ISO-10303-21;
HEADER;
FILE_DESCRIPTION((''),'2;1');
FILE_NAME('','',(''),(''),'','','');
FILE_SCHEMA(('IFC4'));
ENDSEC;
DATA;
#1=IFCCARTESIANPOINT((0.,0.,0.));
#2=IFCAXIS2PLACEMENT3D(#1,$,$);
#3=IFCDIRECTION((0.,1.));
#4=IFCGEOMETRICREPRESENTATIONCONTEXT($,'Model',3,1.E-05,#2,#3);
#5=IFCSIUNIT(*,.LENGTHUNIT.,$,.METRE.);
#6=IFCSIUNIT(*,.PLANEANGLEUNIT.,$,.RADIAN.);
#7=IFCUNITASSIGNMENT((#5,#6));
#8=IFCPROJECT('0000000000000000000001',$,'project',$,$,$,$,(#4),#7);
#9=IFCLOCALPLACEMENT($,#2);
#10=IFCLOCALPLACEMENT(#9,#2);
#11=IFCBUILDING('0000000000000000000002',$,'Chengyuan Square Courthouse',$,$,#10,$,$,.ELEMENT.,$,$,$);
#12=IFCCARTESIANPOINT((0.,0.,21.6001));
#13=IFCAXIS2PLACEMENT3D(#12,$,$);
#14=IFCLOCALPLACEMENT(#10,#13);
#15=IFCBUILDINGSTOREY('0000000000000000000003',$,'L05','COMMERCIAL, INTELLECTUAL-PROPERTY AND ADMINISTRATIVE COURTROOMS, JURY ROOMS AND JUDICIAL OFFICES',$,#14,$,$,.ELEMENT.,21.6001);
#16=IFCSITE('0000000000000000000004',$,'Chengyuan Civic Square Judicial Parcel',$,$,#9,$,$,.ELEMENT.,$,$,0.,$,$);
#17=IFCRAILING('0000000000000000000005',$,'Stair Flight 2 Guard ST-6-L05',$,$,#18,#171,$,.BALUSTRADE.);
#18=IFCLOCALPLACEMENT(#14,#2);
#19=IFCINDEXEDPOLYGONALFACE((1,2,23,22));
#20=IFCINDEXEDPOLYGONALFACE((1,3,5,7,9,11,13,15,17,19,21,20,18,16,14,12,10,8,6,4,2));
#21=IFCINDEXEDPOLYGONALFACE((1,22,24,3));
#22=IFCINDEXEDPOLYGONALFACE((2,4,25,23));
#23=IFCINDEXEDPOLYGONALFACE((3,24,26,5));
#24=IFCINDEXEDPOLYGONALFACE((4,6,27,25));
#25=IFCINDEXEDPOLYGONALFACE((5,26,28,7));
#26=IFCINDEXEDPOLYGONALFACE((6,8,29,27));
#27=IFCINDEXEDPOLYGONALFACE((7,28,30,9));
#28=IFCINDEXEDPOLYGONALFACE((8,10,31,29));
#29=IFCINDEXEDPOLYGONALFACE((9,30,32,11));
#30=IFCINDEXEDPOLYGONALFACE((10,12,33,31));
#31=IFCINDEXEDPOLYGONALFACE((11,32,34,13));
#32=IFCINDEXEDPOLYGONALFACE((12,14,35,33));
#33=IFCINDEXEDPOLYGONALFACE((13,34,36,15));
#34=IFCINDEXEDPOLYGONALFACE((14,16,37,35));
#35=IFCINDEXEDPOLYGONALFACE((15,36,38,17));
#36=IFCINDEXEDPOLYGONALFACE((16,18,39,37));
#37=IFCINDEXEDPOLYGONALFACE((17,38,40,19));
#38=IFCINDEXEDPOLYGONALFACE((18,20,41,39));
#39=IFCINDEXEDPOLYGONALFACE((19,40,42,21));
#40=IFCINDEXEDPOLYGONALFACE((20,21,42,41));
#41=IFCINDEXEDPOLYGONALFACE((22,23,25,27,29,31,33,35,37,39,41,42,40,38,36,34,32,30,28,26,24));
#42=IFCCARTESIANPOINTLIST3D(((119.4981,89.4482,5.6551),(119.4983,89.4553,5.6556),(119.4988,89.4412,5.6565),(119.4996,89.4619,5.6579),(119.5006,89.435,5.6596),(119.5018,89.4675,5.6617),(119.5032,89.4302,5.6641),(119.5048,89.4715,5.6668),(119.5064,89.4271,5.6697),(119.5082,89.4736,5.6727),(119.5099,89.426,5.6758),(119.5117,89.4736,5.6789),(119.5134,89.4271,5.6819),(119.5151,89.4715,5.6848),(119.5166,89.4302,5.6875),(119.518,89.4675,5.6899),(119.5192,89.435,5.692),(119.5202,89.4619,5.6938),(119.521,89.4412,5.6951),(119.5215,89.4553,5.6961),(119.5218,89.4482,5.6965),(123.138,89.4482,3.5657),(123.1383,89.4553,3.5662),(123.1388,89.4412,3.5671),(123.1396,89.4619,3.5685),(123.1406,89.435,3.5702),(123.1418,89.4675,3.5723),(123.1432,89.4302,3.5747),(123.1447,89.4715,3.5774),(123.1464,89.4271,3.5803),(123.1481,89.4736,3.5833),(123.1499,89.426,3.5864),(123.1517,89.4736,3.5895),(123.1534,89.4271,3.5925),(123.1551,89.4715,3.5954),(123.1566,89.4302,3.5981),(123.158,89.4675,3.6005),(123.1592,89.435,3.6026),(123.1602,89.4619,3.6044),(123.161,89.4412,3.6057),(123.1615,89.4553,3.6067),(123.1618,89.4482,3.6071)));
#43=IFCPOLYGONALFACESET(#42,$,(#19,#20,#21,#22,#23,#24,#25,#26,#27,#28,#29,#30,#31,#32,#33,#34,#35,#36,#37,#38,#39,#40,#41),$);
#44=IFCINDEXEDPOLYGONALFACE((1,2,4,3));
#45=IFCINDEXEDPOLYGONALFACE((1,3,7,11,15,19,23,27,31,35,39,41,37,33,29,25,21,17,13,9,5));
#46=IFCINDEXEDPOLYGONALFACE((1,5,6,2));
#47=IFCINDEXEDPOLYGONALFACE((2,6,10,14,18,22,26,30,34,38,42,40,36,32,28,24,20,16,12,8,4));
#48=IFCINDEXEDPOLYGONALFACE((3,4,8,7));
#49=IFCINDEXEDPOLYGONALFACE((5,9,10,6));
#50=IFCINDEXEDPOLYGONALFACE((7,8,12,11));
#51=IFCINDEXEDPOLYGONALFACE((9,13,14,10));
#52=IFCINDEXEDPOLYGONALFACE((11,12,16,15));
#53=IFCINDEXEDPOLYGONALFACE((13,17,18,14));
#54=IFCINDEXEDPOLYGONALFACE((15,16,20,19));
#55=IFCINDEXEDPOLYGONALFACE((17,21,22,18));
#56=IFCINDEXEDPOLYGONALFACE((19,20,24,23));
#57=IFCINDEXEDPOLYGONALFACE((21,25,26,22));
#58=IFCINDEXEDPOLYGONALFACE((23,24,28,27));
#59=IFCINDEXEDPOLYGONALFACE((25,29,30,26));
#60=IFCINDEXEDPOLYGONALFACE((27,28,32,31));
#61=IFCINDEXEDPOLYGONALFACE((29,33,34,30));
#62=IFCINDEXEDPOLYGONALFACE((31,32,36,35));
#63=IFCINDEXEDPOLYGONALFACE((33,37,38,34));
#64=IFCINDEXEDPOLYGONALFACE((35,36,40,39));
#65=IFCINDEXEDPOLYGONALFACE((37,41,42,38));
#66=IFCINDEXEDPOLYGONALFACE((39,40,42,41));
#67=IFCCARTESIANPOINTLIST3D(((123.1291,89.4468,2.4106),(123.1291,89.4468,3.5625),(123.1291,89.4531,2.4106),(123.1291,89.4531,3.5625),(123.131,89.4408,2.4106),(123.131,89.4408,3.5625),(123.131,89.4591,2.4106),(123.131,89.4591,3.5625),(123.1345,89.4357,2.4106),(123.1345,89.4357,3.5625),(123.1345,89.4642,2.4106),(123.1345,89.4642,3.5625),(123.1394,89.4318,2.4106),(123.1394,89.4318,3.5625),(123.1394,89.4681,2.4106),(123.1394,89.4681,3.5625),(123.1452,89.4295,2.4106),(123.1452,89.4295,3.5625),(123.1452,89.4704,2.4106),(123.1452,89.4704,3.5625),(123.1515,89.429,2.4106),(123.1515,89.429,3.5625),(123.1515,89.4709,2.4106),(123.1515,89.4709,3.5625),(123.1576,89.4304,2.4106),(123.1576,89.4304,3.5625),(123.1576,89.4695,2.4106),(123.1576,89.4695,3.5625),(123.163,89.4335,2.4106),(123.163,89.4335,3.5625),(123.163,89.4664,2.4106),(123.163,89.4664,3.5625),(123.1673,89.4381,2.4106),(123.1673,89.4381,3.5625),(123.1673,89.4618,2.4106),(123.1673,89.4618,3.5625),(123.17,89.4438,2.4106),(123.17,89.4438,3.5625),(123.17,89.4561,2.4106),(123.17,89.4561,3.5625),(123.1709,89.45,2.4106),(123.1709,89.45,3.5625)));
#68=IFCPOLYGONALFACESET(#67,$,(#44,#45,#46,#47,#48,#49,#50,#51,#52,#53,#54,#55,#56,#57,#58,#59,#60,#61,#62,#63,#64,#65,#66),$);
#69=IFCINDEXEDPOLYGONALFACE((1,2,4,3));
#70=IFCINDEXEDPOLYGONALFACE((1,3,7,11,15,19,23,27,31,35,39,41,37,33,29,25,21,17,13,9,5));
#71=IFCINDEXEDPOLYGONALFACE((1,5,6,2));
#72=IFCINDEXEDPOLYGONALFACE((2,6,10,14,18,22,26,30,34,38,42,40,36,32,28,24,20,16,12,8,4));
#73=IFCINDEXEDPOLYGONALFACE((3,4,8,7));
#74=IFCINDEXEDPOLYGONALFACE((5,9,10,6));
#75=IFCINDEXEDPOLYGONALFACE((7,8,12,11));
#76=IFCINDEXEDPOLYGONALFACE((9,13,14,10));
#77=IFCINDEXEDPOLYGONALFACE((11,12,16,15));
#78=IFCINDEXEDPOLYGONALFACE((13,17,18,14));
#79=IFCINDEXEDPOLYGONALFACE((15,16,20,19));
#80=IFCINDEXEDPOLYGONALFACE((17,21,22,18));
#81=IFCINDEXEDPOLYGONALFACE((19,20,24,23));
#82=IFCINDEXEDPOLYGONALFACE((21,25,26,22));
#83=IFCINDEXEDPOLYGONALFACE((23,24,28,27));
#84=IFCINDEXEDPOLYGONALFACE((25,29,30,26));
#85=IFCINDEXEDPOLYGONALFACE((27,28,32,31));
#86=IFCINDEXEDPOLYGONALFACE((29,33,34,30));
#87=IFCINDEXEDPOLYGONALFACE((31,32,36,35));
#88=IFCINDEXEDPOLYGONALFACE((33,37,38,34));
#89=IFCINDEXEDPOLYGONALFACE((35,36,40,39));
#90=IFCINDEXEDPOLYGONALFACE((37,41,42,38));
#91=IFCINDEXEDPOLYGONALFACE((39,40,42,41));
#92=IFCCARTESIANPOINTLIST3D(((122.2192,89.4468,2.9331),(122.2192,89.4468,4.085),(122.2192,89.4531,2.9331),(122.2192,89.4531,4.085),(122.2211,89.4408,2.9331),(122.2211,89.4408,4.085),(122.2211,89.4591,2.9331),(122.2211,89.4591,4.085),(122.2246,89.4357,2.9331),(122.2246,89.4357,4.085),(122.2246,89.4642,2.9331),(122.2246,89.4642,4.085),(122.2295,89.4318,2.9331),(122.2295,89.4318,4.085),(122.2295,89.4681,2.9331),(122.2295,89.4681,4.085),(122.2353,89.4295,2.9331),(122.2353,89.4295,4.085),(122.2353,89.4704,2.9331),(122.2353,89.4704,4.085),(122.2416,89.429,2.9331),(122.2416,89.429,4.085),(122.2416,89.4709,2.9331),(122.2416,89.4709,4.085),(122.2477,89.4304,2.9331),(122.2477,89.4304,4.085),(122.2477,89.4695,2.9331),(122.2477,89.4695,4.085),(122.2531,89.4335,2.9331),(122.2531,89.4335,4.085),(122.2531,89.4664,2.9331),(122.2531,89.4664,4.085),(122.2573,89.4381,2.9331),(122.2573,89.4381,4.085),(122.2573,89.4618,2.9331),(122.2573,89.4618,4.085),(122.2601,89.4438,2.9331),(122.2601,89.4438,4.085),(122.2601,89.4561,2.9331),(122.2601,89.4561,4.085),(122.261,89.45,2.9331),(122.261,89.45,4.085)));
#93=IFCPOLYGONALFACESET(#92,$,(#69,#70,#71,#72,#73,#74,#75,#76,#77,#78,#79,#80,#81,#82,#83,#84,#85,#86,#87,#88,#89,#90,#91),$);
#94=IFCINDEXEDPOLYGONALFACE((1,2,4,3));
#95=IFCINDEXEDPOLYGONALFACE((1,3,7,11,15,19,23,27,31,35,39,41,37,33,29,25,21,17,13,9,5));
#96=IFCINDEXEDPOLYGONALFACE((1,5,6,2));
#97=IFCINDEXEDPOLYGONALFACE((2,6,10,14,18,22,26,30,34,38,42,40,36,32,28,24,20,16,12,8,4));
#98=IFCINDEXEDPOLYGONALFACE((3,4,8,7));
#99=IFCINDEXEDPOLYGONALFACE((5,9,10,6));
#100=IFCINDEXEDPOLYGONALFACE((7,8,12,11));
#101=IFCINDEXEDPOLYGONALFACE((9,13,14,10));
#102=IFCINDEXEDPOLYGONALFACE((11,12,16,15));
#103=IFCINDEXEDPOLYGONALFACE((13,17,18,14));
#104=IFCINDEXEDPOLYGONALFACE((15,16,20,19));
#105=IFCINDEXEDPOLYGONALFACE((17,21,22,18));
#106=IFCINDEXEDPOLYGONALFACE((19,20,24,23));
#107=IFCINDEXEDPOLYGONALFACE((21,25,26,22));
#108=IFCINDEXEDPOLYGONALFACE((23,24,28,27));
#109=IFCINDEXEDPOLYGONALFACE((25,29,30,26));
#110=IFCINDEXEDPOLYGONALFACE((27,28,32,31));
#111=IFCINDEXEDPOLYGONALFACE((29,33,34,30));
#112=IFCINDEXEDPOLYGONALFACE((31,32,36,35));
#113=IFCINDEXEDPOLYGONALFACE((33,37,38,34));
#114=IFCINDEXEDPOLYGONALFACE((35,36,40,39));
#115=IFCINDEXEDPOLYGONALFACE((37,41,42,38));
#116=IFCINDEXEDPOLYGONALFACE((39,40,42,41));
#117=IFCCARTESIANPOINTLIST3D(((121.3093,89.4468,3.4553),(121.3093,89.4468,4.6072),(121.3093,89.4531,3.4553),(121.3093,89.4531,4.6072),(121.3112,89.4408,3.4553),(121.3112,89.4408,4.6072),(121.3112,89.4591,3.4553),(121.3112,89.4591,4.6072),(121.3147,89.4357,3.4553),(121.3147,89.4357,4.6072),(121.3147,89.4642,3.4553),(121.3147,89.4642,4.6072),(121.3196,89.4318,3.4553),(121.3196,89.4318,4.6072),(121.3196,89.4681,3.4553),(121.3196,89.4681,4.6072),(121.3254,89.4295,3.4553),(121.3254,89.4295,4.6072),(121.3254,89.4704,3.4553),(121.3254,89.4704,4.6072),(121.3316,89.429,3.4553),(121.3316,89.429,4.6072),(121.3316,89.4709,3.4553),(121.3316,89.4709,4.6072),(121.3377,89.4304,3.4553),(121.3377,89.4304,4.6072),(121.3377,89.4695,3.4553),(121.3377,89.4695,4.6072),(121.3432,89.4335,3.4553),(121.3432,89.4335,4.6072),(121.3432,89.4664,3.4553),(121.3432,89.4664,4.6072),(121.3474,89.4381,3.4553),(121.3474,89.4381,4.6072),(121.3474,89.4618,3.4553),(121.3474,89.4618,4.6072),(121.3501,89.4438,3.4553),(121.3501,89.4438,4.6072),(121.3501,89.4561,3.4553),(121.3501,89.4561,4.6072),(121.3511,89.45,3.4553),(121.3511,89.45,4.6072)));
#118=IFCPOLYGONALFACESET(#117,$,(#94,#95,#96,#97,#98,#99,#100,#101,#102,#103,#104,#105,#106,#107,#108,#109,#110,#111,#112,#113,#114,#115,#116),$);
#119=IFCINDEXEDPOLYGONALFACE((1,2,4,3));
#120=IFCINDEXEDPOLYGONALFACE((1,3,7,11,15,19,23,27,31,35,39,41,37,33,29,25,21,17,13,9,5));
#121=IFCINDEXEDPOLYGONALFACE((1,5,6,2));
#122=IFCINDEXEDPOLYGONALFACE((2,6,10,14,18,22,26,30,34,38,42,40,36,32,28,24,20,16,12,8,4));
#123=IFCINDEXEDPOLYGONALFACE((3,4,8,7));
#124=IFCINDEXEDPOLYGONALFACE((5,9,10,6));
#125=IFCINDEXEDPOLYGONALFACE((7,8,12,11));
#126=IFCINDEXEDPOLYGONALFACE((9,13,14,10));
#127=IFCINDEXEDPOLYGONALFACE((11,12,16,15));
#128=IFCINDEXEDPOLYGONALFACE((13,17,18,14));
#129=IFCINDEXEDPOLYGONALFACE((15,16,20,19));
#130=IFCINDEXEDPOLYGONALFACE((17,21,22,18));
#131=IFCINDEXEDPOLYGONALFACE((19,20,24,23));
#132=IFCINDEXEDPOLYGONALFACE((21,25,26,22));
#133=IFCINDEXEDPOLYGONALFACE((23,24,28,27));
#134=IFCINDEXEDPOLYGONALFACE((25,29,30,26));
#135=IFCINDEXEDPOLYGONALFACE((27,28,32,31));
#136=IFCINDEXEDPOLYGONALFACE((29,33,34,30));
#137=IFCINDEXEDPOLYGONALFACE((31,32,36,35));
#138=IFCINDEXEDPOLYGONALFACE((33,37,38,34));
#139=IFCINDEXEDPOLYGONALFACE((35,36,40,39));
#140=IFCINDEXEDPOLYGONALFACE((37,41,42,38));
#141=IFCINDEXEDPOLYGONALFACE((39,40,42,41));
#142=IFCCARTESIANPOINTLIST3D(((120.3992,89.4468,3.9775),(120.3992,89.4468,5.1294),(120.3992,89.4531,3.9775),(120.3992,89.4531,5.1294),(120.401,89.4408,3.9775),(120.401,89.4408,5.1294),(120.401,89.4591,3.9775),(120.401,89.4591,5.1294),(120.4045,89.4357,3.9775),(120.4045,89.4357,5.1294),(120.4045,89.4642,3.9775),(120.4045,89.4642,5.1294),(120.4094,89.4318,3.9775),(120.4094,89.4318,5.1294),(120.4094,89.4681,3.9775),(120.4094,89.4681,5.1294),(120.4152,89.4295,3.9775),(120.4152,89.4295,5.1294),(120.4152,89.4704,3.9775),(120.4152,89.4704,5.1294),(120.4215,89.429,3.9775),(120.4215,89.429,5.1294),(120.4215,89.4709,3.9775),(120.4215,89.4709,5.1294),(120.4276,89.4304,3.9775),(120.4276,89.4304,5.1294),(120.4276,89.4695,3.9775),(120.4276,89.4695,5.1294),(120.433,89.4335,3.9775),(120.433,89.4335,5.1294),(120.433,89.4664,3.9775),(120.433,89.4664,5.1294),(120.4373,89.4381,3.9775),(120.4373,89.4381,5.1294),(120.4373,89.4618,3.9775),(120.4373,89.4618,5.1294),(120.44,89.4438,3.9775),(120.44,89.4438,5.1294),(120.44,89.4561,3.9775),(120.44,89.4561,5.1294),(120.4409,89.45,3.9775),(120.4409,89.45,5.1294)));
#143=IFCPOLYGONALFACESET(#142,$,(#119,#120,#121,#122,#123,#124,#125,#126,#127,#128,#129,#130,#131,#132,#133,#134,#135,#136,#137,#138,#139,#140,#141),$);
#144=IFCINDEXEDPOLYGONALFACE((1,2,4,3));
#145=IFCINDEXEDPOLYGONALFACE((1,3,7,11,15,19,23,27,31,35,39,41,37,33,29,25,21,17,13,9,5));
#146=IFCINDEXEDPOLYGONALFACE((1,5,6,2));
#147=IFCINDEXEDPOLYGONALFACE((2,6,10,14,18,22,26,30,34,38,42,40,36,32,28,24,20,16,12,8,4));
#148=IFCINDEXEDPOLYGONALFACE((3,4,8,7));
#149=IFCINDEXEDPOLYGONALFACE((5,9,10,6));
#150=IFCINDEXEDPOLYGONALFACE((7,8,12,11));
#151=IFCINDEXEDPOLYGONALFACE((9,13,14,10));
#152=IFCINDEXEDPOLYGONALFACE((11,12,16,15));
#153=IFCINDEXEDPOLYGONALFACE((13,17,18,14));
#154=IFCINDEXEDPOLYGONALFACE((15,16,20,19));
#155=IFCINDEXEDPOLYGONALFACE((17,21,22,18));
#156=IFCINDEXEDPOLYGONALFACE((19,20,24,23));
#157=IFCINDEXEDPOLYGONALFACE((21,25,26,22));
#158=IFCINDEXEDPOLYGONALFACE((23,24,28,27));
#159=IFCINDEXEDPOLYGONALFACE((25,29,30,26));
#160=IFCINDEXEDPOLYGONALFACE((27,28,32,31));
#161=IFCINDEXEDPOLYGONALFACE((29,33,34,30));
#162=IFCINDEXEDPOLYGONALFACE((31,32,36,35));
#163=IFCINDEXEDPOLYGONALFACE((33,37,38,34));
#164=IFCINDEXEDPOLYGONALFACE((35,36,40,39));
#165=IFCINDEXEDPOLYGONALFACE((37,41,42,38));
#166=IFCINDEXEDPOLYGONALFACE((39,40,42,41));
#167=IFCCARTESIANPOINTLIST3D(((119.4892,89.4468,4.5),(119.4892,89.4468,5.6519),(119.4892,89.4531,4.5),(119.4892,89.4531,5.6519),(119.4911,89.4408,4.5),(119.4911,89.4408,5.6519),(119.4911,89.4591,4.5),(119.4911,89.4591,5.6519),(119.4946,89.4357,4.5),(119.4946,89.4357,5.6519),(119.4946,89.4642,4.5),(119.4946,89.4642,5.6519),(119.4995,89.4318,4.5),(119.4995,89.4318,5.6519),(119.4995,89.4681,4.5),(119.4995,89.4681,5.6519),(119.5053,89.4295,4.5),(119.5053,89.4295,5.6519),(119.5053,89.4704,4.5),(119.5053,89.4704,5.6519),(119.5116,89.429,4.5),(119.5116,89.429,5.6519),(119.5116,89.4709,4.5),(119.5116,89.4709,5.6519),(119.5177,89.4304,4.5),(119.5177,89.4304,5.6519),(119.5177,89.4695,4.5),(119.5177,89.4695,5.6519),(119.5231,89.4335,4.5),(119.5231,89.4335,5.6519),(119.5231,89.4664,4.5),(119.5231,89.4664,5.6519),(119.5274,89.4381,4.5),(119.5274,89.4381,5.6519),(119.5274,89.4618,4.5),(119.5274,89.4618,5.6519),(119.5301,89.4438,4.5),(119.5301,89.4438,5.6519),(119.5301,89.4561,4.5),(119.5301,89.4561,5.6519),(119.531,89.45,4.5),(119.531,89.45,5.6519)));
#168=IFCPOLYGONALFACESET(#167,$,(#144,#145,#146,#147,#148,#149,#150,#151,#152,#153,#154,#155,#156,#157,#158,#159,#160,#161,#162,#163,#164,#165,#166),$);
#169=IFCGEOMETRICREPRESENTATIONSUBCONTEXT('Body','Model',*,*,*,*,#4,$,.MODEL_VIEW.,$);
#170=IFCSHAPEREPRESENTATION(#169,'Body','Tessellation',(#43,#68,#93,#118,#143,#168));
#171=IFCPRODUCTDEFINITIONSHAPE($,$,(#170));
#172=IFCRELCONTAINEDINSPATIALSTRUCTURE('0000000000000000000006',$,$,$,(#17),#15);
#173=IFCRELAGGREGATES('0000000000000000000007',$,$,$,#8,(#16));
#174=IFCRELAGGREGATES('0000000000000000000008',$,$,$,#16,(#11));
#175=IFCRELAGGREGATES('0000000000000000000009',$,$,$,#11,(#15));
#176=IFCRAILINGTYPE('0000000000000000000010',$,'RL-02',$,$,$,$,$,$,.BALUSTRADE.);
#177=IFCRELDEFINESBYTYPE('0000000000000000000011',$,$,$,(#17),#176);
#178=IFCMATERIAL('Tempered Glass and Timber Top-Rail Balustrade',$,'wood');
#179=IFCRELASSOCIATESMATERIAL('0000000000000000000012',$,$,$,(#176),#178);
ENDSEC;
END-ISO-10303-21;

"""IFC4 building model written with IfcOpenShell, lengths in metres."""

from ifc_helpers import new_model, si_unit, direction, frame, origin, origin_2d, place, context, subcontext, project, spatial, circle, extrude, material, type_object, element, save


model = new_model("IFC4")

# Units and contexts
model_context = context("Model", 3, precision=1e-05, world=origin(), true_north=direction((0.0, 1.0)))
body_context = subcontext(model_context, "Body", "Model", "MODEL_VIEW")
ifc_project = project(units=[si_unit("LENGTHUNIT", "METRE"), si_unit("PLANEANGLEUNIT", "RADIAN")], contexts=[model_context])

# Site, building, storey
site_placement = place(None, origin())
site = spatial("IfcSite", under=ifc_project, at=site_placement, Name="Chengyuan Civic Square Judicial Parcel", CompositionType="ELEMENT", RefElevation=0.0)
building_placement = place(site_placement, origin())
building = spatial("IfcBuilding", under=site, at=building_placement, Name="Chengyuan Square Courthouse", CompositionType="ELEMENT")
storey_placement = place(building_placement, frame((0.0, 0.0, 21.6001)))
storey = spatial("IfcBuildingStorey", under=building, at=storey_placement, Name="L05", Description="COMMERCIAL, INTELLECTUAL-PROPERTY AND ADMINISTRATIVE COURTROOMS, JURY ROOMS AND JUDICIAL OFFICES", CompositionType="ELEMENT", Elevation=21.6001)

# Railing
ifc_material_1 = material(Name="Tempered Glass and Timber Top-Rail Balustrade", Category="wood")
railing_type_1 = type_object("IfcRailingType", Name="RL-02", PredefinedType="BALUSTRADE", material=ifc_material_1)
railing_1_placement = place(storey_placement, frame((123.1499, 89.45, 2.4106)))
element("IfcRailing", 1, at=railing_1_placement, inside=storey, type_object=railing_type_1, Name="Stair Flight 2 Guard ST-6-L05", PredefinedType="BALUSTRADE", context=body_context, shape_type="SweptSolid", body=[
    extrude(circle(Radius=0.0239, at=origin_2d()), frame((0.0, 0.0, 1.1758), z_axis=(-0.867275, 0.0, 0.497829), x_axis=(0.0, -1.0, 0.0)), (0.0, 0.0, 1.0), 4.197),
    extrude(circle(Radius=0.021, at=origin_2d()), origin(), (0.0, 0.0, 1.0), 1.1519),
    extrude(circle(Radius=0.021, at=origin_2d()), frame((-0.9099, 0.0, 0.5225)), (0.0, 0.0, 1.0), 1.1519),
    extrude(circle(Radius=0.021, at=origin_2d()), frame((-1.8198, 0.0, 1.0447)), (0.0, 0.0, 1.0), 1.1519),
    extrude(circle(Radius=0.021, at=origin_2d()), frame((-2.73, 0.0, 1.5669)), (0.0, 0.0, 1.0), 1.1519),
    extrude(circle(Radius=0.021, at=origin_2d()), frame((-3.6399, 0.0, 2.0894)), (0.0, 0.0, 1.0), 1.1519),
])

save(model, "model.ifc")
